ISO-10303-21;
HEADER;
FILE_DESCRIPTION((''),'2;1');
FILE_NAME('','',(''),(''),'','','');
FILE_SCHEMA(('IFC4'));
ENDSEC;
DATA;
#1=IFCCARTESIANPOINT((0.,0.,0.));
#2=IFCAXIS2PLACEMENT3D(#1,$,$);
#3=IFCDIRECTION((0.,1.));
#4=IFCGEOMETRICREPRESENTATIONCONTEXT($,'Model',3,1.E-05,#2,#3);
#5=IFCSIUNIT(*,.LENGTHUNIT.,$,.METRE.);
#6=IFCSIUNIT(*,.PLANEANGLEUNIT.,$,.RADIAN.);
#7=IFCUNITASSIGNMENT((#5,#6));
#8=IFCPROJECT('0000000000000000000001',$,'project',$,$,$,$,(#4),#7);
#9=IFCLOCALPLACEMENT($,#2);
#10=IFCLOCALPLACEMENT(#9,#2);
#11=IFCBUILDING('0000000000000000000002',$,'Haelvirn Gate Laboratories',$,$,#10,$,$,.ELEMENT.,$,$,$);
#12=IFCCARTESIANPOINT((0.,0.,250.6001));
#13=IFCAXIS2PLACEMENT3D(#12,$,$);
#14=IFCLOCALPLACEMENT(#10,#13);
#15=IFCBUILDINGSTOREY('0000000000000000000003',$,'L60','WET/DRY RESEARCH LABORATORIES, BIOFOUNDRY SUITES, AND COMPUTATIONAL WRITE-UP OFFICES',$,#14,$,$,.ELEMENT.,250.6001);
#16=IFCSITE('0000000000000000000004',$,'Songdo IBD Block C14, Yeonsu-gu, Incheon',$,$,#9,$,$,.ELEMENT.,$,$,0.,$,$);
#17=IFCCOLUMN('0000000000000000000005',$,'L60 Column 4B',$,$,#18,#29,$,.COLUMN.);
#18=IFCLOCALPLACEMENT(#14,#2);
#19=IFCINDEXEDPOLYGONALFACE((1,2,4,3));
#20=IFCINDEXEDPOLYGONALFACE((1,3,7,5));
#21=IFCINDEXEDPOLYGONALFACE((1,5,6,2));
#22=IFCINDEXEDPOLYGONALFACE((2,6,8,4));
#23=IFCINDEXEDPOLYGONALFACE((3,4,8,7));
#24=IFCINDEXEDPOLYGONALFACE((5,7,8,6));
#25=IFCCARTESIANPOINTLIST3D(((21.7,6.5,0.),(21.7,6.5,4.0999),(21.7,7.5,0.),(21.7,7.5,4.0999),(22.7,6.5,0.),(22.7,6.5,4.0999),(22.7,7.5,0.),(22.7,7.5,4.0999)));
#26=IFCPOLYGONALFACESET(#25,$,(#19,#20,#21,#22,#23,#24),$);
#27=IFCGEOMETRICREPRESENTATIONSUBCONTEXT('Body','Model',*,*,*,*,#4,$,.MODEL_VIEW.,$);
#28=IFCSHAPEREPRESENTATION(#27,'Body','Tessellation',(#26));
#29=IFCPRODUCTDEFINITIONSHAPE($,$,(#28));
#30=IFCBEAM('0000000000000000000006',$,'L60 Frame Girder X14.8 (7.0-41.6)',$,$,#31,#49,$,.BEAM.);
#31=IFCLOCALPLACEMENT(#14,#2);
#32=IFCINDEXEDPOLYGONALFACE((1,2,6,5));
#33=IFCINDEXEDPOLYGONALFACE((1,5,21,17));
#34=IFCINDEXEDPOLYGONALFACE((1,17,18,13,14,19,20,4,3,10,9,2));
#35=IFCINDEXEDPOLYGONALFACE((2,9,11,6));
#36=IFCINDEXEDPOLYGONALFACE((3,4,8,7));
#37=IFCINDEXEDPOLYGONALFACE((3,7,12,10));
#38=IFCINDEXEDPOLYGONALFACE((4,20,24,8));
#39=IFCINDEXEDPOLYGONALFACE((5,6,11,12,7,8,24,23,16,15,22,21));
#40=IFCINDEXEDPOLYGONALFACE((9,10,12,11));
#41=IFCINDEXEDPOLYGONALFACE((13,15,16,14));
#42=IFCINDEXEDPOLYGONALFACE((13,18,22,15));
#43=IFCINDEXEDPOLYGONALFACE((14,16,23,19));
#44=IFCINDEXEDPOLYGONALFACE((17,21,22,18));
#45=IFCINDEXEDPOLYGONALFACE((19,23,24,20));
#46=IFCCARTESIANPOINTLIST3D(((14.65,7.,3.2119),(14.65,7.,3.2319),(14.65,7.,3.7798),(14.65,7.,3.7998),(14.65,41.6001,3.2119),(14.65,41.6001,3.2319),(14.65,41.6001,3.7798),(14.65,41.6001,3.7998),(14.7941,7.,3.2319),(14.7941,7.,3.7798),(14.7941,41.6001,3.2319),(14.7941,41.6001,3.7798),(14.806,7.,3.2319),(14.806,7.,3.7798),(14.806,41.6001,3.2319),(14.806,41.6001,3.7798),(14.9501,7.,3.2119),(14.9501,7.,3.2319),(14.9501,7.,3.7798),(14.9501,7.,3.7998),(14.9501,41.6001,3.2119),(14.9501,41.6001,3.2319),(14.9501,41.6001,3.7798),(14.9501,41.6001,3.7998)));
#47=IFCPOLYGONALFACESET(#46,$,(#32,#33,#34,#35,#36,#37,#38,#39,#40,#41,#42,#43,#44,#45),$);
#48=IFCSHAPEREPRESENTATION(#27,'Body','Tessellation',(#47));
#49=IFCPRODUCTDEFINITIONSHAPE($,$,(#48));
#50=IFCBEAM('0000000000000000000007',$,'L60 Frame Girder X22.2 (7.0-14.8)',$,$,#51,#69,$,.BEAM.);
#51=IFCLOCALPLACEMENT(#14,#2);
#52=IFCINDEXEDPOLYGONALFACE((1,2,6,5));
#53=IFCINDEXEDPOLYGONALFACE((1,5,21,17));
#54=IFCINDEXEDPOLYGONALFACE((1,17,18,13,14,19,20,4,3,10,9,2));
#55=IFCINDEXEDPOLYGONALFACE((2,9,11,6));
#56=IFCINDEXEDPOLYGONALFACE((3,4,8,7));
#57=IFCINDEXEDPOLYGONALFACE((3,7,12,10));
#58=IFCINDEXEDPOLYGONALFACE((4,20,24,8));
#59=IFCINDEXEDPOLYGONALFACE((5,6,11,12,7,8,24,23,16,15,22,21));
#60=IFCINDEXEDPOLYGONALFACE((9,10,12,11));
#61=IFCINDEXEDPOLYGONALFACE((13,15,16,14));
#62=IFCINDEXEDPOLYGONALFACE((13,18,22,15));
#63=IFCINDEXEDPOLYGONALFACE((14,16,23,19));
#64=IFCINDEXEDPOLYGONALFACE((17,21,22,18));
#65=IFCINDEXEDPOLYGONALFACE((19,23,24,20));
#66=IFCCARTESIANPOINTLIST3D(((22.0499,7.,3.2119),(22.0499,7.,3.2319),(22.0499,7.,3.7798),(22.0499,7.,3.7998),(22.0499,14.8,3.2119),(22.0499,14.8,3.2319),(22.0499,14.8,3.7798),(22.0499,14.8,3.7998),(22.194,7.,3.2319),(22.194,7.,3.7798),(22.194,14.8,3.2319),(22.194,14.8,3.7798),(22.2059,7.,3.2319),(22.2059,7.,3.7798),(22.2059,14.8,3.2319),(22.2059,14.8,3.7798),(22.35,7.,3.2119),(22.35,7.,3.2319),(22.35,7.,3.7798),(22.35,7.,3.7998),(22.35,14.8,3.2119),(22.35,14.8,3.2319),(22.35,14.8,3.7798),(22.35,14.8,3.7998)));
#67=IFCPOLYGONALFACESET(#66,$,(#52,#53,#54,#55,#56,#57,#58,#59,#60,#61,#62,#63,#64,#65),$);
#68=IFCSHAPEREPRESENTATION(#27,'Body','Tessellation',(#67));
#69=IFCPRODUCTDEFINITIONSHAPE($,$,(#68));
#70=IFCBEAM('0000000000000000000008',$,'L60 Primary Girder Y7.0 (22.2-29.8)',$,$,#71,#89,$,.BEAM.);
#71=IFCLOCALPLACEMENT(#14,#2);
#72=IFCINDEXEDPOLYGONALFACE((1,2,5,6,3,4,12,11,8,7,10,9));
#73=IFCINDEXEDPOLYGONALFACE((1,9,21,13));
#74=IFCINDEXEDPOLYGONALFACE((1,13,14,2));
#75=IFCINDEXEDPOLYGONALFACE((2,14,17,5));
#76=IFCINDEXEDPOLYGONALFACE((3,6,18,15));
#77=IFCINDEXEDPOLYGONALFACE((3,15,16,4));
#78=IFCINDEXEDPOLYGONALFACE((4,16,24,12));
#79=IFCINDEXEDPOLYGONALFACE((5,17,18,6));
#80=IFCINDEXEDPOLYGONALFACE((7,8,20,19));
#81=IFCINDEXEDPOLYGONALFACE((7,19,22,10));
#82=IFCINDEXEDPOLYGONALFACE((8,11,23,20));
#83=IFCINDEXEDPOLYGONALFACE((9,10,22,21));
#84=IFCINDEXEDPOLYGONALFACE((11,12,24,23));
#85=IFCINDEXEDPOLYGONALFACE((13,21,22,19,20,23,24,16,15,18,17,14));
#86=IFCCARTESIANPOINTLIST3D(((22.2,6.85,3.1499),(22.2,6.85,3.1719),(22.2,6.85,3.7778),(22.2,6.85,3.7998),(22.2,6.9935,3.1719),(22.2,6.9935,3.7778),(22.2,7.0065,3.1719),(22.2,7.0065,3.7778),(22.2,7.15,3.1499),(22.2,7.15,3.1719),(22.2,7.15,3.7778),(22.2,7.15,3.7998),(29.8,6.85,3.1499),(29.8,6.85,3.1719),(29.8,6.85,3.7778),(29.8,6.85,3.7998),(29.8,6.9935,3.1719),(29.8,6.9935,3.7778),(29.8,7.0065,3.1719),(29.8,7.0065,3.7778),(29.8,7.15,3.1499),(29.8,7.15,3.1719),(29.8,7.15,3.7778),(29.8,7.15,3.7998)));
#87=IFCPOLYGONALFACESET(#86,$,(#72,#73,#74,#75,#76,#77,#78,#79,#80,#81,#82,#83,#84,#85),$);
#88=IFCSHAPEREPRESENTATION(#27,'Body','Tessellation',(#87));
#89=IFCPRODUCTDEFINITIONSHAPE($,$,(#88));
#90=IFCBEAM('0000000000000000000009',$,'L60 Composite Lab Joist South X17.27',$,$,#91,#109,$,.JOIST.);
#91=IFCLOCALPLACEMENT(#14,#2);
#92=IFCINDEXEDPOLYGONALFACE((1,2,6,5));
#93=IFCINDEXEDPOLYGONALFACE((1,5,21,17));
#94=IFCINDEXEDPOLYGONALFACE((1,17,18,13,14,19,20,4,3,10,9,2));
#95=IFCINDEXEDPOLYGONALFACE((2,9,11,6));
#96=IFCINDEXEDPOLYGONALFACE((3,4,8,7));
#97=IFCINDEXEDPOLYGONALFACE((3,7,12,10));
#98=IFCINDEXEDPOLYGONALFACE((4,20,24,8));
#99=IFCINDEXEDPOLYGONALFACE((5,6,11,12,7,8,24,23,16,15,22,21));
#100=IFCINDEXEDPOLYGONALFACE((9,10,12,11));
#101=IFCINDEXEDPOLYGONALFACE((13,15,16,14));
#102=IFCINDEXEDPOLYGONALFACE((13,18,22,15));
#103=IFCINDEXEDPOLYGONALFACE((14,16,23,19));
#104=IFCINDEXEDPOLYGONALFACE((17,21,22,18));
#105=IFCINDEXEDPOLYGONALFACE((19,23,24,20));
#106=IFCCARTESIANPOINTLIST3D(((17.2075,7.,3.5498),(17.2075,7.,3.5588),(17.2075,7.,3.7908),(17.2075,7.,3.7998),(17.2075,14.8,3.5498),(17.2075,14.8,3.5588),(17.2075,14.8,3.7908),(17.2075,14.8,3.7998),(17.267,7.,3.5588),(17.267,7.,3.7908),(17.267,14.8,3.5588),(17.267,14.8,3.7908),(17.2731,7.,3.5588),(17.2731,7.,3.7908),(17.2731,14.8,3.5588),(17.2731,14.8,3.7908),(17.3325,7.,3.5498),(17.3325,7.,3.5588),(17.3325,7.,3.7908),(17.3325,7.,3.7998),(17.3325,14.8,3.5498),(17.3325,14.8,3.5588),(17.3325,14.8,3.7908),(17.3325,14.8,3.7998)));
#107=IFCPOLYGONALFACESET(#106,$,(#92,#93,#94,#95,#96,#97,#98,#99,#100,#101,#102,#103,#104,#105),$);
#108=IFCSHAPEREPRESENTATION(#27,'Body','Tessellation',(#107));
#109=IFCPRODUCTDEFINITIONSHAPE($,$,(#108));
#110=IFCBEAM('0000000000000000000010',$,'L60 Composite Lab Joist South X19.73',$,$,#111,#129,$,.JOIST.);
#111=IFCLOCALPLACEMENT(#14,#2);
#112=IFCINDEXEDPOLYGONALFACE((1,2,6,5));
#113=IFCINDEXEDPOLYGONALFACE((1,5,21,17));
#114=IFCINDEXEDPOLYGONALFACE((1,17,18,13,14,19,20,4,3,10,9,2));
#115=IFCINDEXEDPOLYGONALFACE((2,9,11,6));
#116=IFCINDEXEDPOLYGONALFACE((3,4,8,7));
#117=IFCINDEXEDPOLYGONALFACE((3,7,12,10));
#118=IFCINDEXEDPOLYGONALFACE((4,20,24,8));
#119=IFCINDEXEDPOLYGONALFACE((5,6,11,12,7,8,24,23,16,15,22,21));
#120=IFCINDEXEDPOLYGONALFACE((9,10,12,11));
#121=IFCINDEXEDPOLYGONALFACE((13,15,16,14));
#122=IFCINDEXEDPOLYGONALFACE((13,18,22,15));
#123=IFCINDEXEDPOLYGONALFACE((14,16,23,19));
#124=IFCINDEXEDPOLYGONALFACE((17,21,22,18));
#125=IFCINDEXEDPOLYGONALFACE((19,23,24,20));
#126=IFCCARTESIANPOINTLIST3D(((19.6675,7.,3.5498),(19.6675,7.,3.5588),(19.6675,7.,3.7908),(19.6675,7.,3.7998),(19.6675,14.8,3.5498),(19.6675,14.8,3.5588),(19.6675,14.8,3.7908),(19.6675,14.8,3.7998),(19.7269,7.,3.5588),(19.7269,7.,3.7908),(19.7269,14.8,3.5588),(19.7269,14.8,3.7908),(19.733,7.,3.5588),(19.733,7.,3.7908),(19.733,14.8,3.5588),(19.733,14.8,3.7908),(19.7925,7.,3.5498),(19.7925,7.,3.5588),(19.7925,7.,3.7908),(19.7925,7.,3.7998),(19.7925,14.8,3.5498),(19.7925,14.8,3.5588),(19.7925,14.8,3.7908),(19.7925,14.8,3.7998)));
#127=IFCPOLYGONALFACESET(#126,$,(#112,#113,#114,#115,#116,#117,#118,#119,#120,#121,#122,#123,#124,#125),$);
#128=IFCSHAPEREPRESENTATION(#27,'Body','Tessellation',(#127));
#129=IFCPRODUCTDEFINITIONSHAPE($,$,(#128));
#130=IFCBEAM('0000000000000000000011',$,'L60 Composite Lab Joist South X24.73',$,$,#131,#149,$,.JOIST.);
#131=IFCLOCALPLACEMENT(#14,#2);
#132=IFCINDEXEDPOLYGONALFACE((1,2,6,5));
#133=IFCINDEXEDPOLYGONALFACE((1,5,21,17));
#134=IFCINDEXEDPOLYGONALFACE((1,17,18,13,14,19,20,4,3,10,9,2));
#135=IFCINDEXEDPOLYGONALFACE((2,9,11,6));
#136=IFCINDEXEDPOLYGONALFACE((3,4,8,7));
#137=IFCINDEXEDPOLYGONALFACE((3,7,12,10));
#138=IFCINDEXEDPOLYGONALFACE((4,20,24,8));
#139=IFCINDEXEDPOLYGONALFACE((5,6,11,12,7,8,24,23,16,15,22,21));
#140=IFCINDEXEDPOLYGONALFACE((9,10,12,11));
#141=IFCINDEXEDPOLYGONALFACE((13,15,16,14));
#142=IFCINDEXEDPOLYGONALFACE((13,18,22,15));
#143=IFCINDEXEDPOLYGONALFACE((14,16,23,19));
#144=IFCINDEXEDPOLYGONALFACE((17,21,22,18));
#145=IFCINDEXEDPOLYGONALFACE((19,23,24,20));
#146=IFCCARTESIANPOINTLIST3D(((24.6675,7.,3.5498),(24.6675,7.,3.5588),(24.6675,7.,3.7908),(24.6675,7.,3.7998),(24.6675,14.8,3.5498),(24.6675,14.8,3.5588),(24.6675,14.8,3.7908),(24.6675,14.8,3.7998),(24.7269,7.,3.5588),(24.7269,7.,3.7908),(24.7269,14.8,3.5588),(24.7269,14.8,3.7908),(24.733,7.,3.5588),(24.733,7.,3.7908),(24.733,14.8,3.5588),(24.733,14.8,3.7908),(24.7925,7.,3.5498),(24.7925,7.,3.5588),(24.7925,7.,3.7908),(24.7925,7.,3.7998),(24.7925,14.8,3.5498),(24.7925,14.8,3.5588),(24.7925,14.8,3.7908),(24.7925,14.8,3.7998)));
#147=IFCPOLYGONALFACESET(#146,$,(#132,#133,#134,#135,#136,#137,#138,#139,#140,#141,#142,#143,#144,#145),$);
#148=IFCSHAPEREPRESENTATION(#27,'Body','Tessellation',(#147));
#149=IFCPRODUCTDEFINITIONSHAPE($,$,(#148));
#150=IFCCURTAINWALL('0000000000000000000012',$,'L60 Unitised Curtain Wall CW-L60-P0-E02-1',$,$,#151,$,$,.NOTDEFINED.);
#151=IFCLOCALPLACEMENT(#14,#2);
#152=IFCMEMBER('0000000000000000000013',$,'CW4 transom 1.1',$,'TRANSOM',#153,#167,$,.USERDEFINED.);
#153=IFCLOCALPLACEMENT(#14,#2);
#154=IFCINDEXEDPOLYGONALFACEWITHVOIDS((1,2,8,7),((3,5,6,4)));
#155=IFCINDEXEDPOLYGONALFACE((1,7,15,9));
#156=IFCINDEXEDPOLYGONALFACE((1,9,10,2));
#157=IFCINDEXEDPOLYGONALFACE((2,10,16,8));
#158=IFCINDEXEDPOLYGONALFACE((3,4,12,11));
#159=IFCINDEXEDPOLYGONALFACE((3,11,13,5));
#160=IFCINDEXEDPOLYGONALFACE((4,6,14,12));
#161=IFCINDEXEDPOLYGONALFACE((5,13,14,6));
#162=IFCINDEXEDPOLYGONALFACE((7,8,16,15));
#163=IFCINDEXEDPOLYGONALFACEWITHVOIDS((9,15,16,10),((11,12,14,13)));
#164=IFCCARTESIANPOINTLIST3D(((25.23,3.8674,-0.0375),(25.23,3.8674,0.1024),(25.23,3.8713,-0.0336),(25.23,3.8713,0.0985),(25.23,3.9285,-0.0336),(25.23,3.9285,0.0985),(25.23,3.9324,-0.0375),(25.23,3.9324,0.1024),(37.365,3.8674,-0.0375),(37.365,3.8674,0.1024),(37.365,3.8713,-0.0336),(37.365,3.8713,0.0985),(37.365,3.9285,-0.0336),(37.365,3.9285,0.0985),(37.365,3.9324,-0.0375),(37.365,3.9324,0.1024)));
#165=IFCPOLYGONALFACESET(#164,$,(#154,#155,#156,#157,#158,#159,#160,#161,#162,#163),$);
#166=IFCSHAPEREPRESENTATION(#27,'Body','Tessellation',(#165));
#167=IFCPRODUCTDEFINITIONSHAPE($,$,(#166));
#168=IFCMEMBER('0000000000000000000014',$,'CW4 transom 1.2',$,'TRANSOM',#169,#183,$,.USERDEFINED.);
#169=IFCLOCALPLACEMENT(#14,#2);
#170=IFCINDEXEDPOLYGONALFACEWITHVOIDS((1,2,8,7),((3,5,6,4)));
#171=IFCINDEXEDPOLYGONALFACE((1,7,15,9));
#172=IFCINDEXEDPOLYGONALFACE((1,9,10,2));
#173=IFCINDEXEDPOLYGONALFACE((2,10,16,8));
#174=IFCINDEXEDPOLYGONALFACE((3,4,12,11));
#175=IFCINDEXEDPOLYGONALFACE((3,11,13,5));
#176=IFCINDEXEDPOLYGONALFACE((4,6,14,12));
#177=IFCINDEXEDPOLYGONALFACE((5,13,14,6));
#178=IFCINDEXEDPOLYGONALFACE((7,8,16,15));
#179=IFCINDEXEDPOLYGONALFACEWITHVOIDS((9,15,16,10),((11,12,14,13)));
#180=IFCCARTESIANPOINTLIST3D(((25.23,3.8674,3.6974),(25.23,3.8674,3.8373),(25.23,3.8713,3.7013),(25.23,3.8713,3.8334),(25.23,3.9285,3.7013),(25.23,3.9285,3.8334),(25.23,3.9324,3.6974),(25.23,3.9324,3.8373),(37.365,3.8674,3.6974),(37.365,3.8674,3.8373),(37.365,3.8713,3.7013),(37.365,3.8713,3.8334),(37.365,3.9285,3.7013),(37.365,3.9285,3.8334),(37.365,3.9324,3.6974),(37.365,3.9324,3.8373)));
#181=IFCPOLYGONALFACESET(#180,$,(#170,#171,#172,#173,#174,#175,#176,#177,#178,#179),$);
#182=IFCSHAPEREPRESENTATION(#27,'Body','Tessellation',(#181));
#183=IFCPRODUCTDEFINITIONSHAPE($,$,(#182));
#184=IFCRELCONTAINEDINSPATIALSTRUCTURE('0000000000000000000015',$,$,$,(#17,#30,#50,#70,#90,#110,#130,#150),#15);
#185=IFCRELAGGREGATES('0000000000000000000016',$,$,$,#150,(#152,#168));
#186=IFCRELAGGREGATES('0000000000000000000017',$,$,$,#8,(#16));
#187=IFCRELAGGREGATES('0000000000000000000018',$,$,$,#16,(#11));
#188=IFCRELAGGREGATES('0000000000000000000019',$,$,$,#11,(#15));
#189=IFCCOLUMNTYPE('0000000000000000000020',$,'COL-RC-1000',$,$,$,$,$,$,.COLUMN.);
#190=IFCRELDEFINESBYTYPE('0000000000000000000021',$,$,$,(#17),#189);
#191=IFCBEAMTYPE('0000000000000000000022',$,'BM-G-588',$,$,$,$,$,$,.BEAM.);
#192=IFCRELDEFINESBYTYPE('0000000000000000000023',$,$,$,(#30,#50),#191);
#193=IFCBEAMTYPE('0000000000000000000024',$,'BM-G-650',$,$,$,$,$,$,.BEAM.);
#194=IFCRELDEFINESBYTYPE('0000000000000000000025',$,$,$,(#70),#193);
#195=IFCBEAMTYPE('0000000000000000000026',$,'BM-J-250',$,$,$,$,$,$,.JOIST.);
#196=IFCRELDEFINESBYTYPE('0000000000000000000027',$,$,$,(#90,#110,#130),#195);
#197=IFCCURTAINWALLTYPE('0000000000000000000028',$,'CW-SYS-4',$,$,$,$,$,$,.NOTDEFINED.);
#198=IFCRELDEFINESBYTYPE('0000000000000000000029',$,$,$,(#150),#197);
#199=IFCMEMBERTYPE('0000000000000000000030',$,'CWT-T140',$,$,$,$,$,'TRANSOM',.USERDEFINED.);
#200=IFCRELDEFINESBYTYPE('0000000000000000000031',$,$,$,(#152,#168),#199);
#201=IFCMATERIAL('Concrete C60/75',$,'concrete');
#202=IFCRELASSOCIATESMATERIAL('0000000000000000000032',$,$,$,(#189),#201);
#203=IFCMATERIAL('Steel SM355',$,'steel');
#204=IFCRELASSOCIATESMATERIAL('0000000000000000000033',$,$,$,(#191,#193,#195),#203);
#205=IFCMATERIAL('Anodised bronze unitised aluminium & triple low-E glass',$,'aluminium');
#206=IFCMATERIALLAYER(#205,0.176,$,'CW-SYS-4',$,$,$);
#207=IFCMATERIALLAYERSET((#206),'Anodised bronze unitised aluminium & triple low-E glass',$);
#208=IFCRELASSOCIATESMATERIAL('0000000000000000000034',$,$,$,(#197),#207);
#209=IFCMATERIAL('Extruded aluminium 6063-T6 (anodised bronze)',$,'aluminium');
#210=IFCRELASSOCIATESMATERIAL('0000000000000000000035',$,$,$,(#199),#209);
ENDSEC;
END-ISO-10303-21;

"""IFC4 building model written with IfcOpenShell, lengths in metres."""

from ifc_helpers import new_model, si_unit, direction, frame, origin, origin_2d, place, context, subcontext, project, spatial, rectangle, hollow_rectangle, i_section, extrude, source, transform, mapped, material, layer, layer_set, material_profile, profile_set, type_object, type_shapes, element, aggregate, save


model = new_model("IFC4")

# Units and contexts
model_context = context("Model", 3, precision=1e-05, world=origin(), true_north=direction((0.0, 1.0)))
body_context = subcontext(model_context, "Body", "Model", "MODEL_VIEW")
ifc_project = project(units=[si_unit("LENGTHUNIT", "METRE"), si_unit("PLANEANGLEUNIT", "RADIAN")], contexts=[model_context])

# Site, building, storey
site_placement = place(None, origin())
site = spatial("IfcSite", under=ifc_project, at=site_placement, Name="Songdo IBD Block C14, Yeonsu-gu, Incheon", CompositionType="ELEMENT", RefElevation=0.0)
building_placement = place(site_placement, origin())
building = spatial("IfcBuilding", under=site, at=building_placement, Name="Haelvirn Gate Laboratories", CompositionType="ELEMENT")
storey_placement = place(building_placement, frame((0.0, 0.0, 250.6001)))
storey = spatial("IfcBuildingStorey", under=building, at=storey_placement, Name="L60", Description="WET/DRY RESEARCH LABORATORIES, BIOFOUNDRY SUITES, AND COMPUTATIONAL WRITE-UP OFFICES", CompositionType="ELEMENT", Elevation=250.6001)

# Column
ifc_material_1 = material(Name="Concrete C60/75", Category="concrete")
ifc_material_profile_1 = material_profile(ifc_material_1, rectangle(XDim=1.0, YDim=1.0, at=origin_2d()), Name="RC-1000x1000")
ifc_profile_set_1 = profile_set([ifc_material_profile_1], Name="Concrete C60/75")
column_type = type_object("IfcColumnType", Name="COL-RC-1000", PredefinedType="COLUMN", material=ifc_profile_set_1)
shared_shape_1 = source(origin(), body_context, "Body", "SweptSolid", [
    extrude(rectangle(XDim=1.0, YDim=1.0, at=origin_2d()), origin(), (0.0, 0.0, 1.0), 4.0999),
])
type_shapes(column_type, [shared_shape_1])
column_placement = place(storey_placement, frame((22.2, 7.0, 0.0), z_axis=(0.0, 0.0, 1.0), x_axis=(1.0, 0.0, 0.0)))
element("IfcColumn", 1, at=column_placement, inside=storey, type_object=column_type, Name="L60 Column 4B", PredefinedType="COLUMN", context=body_context, shape_type="MappedRepresentation", body=[
    mapped(shared_shape_1, transform((0.0, 0.0, 0.0), scale=1.0)),
])

# Beams
ifc_material_2 = material(Name="Steel SM355", Category="steel")
ifc_material_profile_2 = material_profile(ifc_material_2, i_section(OverallWidth=0.3, OverallDepth=0.5879, WebThickness=0.012, FlangeThickness=0.02, at=origin_2d()), Name="H-588x300x12x20")
ifc_profile_set_2 = profile_set([ifc_material_profile_2], Name="Steel SM355")
beam_type_1 = type_object("IfcBeamType", Name="BM-G-588", PredefinedType="BEAM", material=ifc_profile_set_2)
shared_shape_2 = source(origin(), body_context, "Body", "SweptSolid", [
    extrude(i_section(OverallWidth=0.3, OverallDepth=0.5879, WebThickness=0.012, FlangeThickness=0.02, at=origin_2d()), origin(), (0.0, 0.0, 1.0), 34.6001),
])
beam_1_placement = place(storey_placement, frame((14.8, 7.0, 3.5059), z_axis=(0.0, 1.0, 0.0), x_axis=(-1.0, 0.0, 0.0)))
element("IfcBeam", 2, at=beam_1_placement, inside=storey, type_object=beam_type_1, Name="L60 Frame Girder X14.8 (7.0-41.6)", PredefinedType="BEAM", context=body_context, shape_type="MappedRepresentation", body=[
    mapped(shared_shape_2, transform((0.0, 0.0, 0.0), scale=1.0)),
])
shared_shape_3 = source(origin(), body_context, "Body", "SweptSolid", [
    extrude(i_section(OverallWidth=0.3, OverallDepth=0.5879, WebThickness=0.012, FlangeThickness=0.02, at=origin_2d()), origin(), (0.0, 0.0, 1.0), 7.8),
])
type_shapes(beam_type_1, [shared_shape_2, shared_shape_3])
beam_2_placement = place(storey_placement, frame((22.2, 7.0, 3.5059), z_axis=(0.0, 1.0, 0.0), x_axis=(-1.0, 0.0, 0.0)))
element("IfcBeam", 3, at=beam_2_placement, inside=storey, type_object=beam_type_1, Name="L60 Frame Girder X22.2 (7.0-14.8)", PredefinedType="BEAM", context=body_context, shape_type="MappedRepresentation", body=[
    mapped(shared_shape_3, transform((0.0, 0.0, 0.0), scale=1.0)),
])
ifc_material_profile_3 = material_profile(ifc_material_2, i_section(OverallWidth=0.3, OverallDepth=0.6499, WebThickness=0.0129, FlangeThickness=0.022, at=origin_2d()), Name="H-650x300x13x22")
ifc_profile_set_3 = profile_set([ifc_material_profile_3], Name="Steel SM355")
beam_type_2 = type_object("IfcBeamType", Name="BM-G-650", PredefinedType="BEAM", material=ifc_profile_set_3)
shared_shape_4 = source(origin(), body_context, "Body", "SweptSolid", [
    extrude(i_section(OverallWidth=0.3, OverallDepth=0.6499, WebThickness=0.0129, FlangeThickness=0.022, at=origin_2d()), origin(), (0.0, 0.0, 1.0), 7.6001),
])
type_shapes(beam_type_2, [shared_shape_4])
beam_3_placement = place(storey_placement, frame((22.2, 7.0, 3.4749), z_axis=(1.0, 0.0, 0.0), x_axis=(0.0, 1.0, 0.0)))
element("IfcBeam", 4, at=beam_3_placement, inside=storey, type_object=beam_type_2, Name="L60 Primary Girder Y7.0 (22.2-29.8)", PredefinedType="BEAM", context=body_context, shape_type="MappedRepresentation", body=[
    mapped(shared_shape_4, transform((0.0, 0.0, 0.0), scale=1.0)),
])
ifc_material_profile_4 = material_profile(ifc_material_2, i_section(OverallWidth=0.125, OverallDepth=0.25, WebThickness=0.0061, FlangeThickness=0.009, at=origin_2d()), Name="H-250x125x6x9")
ifc_profile_set_4 = profile_set([ifc_material_profile_4], Name="Steel SM355")
beam_type_3 = type_object("IfcBeamType", Name="BM-J-250", PredefinedType="JOIST", material=ifc_profile_set_4)
shared_shape_5 = source(origin(), body_context, "Body", "SweptSolid", [
    extrude(i_section(OverallWidth=0.125, OverallDepth=0.25, WebThickness=0.0061, FlangeThickness=0.009, at=origin_2d()), origin(), (0.0, 0.0, 1.0), 7.8),
])
type_shapes(beam_type_3, [shared_shape_5])
for number, where, z_axis, x_axis, name in (
    (5, (17.27, 7.0, 3.6748), (0.0, 1.0, 0.0), (-1.0, 0.0, 0.0), "L60 Composite Lab Joist South X17.27"),
    (6, (19.73, 7.0, 3.6748), (0.0, 1.0, 0.0), (-1.0, 0.0, 0.0), "L60 Composite Lab Joist South X19.73"),
    (7, (24.73, 7.0, 3.6748), (0.0, 1.0, 0.0), (-1.0, 0.0, 0.0), "L60 Composite Lab Joist South X24.73"),
):
    element("IfcBeam", number, at=place(storey_placement, frame(where, z_axis=z_axis, x_axis=x_axis)), inside=storey, type_object=beam_type_3, Name=name, PredefinedType="JOIST", context=body_context, shape_type="MappedRepresentation", body=[
        mapped(shared_shape_5, transform((0.0, 0.0, 0.0), scale=1.0)),
    ])

# Curtain wall, members
ifc_material_3 = material(Name="Anodised bronze unitised aluminium & triple low-E glass", Category="aluminium")
ifc_layer_1 = layer(ifc_material_3, 0.176, Name="CW-SYS-4")
ifc_layer_set_1 = layer_set([ifc_layer_1], Name="Anodised bronze unitised aluminium & triple low-E glass")
curtain_wall_type = type_object("IfcCurtainWallType", Name="CW-SYS-4", PredefinedType="NOTDEFINED", material=ifc_layer_set_1)
curtain_wall_1_placement = place(storey_placement, origin())
curtain_wall_1 = element("IfcCurtainWall", 8, at=curtain_wall_1_placement, inside=storey, type_object=curtain_wall_type, Name="L60 Unitised Curtain Wall CW-L60-P0-E02-1", PredefinedType="NOTDEFINED")
ifc_material_4 = material(Name="Extruded aluminium 6063-T6 (anodised bronze)", Category="aluminium")
ifc_material_profile_5 = material_profile(ifc_material_4, hollow_rectangle(XDim=0.0649, YDim=0.1399, WallThickness=0.0039, at=origin_2d()), Name="CWT-140x65x4")
ifc_profile_set_5 = profile_set([ifc_material_profile_5], Name="Extruded aluminium 6063-T6 (anodised bronze)")
member_type_1 = type_object("IfcMemberType", Name="CWT-T140", ElementType="TRANSOM", PredefinedType="USERDEFINED", material=ifc_profile_set_5)
shared_shape_6 = source(origin(), body_context, "Body", "SweptSolid", [
    extrude(hollow_rectangle(XDim=0.0649, YDim=0.1399, WallThickness=0.0039, at=origin_2d()), origin(), (0.0, 0.0, 1.0), 12.135),
])
member_1_placement = place(storey_placement, frame((25.23, 3.8999, 0.0325), z_axis=(1.0, 0.0, 0.0), x_axis=(0.0, 1.0, 0.0)))
member_1 = element("IfcMember", 9, at=member_1_placement, type_object=member_type_1, Name="CW4 transom 1.1", ObjectType="TRANSOM", PredefinedType="USERDEFINED", context=body_context, shape_type="MappedRepresentation", body=[
    mapped(shared_shape_6, transform((0.0, 0.0, 0.0), scale=1.0)),
])
member_2_placement = place(storey_placement, frame((25.23, 3.8999, 3.7673), z_axis=(1.0, 0.0, 0.0), x_axis=(0.0, 1.0, 0.0)))
member_2 = element("IfcMember", 10, at=member_2_placement, type_object=member_type_1, Name="CW4 transom 1.2", ObjectType="TRANSOM", PredefinedType="USERDEFINED", context=body_context, shape_type="MappedRepresentation", body=[
    mapped(shared_shape_6, transform((0.0, 0.0, 0.0), scale=1.0)),
])

aggregate(curtain_wall_1, [member_1, member_2])

save(model, "model.ifc")
